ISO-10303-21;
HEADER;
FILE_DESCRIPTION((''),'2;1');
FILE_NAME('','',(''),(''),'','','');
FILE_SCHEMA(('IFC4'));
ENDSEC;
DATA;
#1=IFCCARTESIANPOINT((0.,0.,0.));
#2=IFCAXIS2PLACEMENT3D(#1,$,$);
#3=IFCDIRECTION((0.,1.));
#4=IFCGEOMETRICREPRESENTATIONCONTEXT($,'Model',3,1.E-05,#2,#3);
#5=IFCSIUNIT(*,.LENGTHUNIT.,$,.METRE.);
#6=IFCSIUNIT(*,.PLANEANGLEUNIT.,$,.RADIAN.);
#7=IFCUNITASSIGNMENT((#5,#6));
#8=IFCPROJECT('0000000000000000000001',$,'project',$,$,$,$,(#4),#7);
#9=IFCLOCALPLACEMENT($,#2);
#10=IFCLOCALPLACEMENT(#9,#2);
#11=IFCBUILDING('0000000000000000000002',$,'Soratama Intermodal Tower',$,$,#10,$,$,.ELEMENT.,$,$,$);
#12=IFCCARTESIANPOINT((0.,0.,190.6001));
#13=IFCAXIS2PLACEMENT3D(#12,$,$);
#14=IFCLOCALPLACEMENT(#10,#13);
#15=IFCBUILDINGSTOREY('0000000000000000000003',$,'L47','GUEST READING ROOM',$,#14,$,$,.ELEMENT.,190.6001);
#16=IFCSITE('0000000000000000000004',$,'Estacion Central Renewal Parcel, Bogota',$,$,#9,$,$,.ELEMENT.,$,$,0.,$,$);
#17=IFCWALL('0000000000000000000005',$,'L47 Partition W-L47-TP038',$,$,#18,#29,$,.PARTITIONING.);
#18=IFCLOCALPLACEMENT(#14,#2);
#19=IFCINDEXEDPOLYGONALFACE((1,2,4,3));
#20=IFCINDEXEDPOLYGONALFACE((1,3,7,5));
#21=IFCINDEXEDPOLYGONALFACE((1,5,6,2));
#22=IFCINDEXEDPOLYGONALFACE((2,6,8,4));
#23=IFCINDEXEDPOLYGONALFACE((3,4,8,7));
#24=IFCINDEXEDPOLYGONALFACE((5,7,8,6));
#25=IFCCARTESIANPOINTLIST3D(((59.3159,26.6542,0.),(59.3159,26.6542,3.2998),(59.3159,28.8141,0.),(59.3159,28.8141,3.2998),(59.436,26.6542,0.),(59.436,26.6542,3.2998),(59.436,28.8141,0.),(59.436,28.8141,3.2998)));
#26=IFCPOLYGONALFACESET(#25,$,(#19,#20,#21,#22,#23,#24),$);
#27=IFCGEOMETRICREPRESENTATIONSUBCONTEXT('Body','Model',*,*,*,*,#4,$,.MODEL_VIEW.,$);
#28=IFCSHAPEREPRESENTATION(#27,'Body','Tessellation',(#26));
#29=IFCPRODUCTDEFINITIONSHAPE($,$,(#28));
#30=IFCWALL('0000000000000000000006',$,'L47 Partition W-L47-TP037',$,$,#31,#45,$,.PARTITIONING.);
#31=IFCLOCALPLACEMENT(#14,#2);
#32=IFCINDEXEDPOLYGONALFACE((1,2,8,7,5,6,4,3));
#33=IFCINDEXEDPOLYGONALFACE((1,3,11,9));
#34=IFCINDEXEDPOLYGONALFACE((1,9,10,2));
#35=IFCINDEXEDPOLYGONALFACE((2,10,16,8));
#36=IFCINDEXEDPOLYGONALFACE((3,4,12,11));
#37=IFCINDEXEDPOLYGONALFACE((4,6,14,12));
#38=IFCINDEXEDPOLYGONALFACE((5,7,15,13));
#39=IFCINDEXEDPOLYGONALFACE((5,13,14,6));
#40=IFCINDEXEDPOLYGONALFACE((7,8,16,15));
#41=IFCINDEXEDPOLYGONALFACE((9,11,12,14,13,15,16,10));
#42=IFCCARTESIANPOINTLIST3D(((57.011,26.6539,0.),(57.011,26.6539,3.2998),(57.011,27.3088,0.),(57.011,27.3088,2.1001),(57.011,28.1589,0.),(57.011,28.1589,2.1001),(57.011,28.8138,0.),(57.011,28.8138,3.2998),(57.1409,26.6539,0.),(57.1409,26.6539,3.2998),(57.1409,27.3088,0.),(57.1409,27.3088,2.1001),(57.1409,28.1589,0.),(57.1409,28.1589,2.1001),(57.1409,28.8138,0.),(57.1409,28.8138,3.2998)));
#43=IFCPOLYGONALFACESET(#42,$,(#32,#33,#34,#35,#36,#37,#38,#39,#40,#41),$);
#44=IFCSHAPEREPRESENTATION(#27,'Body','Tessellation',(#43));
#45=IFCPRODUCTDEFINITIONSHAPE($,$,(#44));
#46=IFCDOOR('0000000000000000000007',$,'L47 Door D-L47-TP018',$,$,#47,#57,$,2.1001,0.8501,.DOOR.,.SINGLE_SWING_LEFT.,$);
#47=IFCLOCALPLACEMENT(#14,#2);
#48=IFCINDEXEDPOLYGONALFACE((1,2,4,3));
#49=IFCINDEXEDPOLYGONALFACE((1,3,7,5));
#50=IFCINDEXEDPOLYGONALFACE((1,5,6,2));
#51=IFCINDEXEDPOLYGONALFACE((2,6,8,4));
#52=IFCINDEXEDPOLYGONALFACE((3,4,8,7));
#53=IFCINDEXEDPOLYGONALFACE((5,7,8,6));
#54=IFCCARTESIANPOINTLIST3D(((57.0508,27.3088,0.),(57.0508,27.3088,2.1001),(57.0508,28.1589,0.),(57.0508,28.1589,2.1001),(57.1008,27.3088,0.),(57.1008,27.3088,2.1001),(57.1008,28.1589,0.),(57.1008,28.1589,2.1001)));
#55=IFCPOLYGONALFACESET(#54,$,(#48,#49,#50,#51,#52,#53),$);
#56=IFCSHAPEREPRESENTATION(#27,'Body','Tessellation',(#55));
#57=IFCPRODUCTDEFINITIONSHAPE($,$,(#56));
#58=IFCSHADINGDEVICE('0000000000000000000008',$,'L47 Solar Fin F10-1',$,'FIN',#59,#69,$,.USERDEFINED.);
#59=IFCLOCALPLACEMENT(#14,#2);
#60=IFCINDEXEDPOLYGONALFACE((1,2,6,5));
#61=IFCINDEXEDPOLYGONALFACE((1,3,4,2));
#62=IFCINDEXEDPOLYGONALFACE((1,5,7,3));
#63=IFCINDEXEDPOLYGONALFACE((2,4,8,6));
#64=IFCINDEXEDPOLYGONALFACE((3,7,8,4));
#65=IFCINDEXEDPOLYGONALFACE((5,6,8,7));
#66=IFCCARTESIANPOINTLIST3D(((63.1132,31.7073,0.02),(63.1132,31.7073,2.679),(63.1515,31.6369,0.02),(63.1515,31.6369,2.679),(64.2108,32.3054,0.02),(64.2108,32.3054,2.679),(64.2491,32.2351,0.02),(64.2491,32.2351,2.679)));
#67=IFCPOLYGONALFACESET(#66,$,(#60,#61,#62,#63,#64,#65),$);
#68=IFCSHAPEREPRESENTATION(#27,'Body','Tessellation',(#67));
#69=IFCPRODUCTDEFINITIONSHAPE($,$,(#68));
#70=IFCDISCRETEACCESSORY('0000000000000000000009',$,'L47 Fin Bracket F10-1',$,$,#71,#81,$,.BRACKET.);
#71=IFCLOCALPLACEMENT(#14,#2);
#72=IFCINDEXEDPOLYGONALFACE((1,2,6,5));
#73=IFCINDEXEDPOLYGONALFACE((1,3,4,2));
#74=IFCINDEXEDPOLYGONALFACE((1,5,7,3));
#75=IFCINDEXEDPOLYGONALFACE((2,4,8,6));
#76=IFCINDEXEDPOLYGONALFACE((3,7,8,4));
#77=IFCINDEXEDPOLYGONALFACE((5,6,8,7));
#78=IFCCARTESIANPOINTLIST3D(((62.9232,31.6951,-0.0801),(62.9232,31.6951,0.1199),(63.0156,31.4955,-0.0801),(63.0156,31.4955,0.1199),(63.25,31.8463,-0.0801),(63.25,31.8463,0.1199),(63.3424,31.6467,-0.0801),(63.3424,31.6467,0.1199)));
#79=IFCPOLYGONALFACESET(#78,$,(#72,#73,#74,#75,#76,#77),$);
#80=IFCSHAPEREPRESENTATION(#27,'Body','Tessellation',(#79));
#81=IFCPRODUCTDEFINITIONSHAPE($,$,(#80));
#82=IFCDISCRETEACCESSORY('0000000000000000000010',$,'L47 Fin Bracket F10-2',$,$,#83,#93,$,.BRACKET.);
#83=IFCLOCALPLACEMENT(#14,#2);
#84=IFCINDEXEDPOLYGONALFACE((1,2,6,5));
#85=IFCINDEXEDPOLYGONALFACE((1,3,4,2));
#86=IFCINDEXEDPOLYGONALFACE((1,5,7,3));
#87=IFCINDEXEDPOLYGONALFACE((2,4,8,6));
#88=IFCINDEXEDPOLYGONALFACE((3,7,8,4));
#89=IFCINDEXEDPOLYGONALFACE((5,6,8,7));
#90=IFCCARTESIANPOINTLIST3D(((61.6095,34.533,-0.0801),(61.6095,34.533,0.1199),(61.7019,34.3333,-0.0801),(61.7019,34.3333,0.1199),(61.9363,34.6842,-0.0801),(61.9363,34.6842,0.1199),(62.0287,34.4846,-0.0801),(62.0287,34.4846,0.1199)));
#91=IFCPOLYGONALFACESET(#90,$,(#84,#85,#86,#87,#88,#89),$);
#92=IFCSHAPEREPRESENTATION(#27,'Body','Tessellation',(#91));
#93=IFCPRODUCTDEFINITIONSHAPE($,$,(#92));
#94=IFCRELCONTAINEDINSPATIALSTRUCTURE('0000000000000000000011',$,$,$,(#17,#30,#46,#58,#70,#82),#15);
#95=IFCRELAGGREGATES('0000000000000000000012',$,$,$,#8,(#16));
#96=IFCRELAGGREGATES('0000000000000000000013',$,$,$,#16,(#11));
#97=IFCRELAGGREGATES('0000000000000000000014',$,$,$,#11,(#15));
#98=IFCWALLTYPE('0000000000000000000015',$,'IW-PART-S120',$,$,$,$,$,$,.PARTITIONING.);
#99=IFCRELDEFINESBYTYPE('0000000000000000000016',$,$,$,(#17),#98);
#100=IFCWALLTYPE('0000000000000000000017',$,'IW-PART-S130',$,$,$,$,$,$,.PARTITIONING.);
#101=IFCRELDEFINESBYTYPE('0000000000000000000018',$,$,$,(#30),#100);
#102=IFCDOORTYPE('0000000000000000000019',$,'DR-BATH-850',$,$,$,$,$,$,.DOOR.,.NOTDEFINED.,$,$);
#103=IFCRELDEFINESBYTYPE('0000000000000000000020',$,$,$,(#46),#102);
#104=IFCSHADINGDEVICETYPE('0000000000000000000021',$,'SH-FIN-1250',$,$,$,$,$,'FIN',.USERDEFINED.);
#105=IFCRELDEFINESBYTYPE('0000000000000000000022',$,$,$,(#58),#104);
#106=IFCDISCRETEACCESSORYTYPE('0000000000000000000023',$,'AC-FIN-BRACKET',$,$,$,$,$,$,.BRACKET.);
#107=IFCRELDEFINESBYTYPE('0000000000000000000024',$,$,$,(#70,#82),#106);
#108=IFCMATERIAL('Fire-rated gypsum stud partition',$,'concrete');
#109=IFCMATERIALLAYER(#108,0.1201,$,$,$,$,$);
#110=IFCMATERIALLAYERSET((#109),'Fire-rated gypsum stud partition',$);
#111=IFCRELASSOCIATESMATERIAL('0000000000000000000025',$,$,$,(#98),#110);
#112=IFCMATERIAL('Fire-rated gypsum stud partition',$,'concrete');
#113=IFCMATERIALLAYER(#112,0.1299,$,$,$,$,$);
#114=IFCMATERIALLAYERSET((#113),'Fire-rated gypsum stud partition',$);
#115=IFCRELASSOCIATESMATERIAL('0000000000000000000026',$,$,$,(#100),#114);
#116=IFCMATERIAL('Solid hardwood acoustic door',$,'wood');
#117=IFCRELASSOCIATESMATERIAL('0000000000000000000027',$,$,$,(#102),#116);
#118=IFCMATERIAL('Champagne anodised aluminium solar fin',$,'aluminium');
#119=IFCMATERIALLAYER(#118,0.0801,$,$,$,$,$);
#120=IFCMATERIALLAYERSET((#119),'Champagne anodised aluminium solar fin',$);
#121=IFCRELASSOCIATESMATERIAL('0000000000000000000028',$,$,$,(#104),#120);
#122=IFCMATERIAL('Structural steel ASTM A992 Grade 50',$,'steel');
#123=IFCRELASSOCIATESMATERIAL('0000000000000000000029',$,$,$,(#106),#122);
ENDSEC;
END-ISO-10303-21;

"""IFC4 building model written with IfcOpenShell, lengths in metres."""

from ifc_helpers import new_model, si_unit, direction, frame, frame_2d, origin, origin_2d, place, context, subcontext, project, spatial, rectangle, extrude, material, layer, layer_set, type_object, element, fill, save


model = new_model("IFC4")

# Units and contexts
model_context = context("Model", 3, precision=1e-05, world=origin(), true_north=direction((0.0, 1.0)))
body_context = subcontext(model_context, "Body", "Model", "MODEL_VIEW")
ifc_project = project(units=[si_unit("LENGTHUNIT", "METRE"), si_unit("PLANEANGLEUNIT", "RADIAN")], contexts=[model_context])

# Site, building, storey
site_placement = place(None, origin())
site = spatial("IfcSite", under=ifc_project, at=site_placement, Name="Estacion Central Renewal Parcel, Bogota", CompositionType="ELEMENT", RefElevation=0.0)
building_placement = place(site_placement, origin())
building = spatial("IfcBuilding", under=site, at=building_placement, Name="Soratama Intermodal Tower", CompositionType="ELEMENT")
storey_placement = place(building_placement, frame((0.0, 0.0, 190.6001)))
storey = spatial("IfcBuildingStorey", under=building, at=storey_placement, Name="L47", Description="GUEST READING ROOM", CompositionType="ELEMENT", Elevation=190.6001)

# Wall
ifc_material_1 = material(Name="Fire-rated gypsum stud partition", Category="concrete")
ifc_layer_1 = layer(ifc_material_1, 0.1201)
ifc_layer_set_1 = layer_set([ifc_layer_1], Name="Fire-rated gypsum stud partition")
wall_type_1 = type_object("IfcWallType", Name="IW-PART-S120", PredefinedType="PARTITIONING", material=ifc_layer_set_1)
wall_1_placement = place(storey_placement, frame((59.376, 26.6541, 0.0), z_axis=(0.0, 0.0, 1.0), x_axis=(0.0, 1.0, 0.0)))
element("IfcWall", 1, at=wall_1_placement, inside=storey, type_object=wall_type_1, Name="L47 Partition W-L47-TP038", PredefinedType="PARTITIONING", context=body_context, shape_type="SweptSolid", body=[
    extrude(rectangle(XDim=2.1599, YDim=0.1201, at=frame_2d((1.0801, 0.0))), origin(), (0.0, 0.0, 1.0), 3.2998),
])

# Wall, opening, door
ifc_material_2 = material(Name="Fire-rated gypsum stud partition", Category="concrete")
ifc_layer_2 = layer(ifc_material_2, 0.1299)
ifc_layer_set_2 = layer_set([ifc_layer_2], Name="Fire-rated gypsum stud partition")
wall_type_2 = type_object("IfcWallType", Name="IW-PART-S130", PredefinedType="PARTITIONING", material=ifc_layer_set_2)
wall_2_placement = place(storey_placement, frame((57.0759, 28.814, 0.0), z_axis=(0.0, 0.0, 1.0), x_axis=(0.0, -1.0, 0.0)))
wall_2 = element("IfcWall", 2, at=wall_2_placement, inside=storey, type_object=wall_type_2, Name="L47 Partition W-L47-TP037", PredefinedType="PARTITIONING", context=body_context, shape_type="SweptSolid", body=[
    extrude(rectangle(XDim=2.1599, YDim=0.1299, at=frame_2d((1.0801, 0.0))), origin(), (0.0, 0.0, 1.0), 3.2998),
])
opening_placement = place(wall_2_placement, frame((0.655, 0.0, 0.0)))
opening = element("IfcOpeningElement", 3, at=opening_placement, cuts=wall_2, PredefinedType="OPENING", context=body_context, shape_type="SweptSolid", body=[
    extrude(rectangle(XDim=0.8501, YDim=2.1001, at=frame_2d((0.425, 1.05))), frame((0.0, 0.075, 0.0), z_axis=(0.0, -1.0, 0.0), x_axis=(1.0, 0.0, 0.0)), (0.0, 0.0, 1.0), 0.1499),
])
ifc_material_3 = material(Name="Solid hardwood acoustic door", Category="wood")
door_type = type_object("IfcDoorType", Name="DR-BATH-850", OperationType="NOTDEFINED", PredefinedType="DOOR", material=ifc_material_3)
door_placement = place(opening_placement, origin())
door = element("IfcDoor", 4, at=door_placement, inside=storey, type_object=door_type, Name="L47 Door D-L47-TP018", OperationType="SINGLE_SWING_LEFT", OverallHeight=2.1001, OverallWidth=0.8501, PredefinedType="DOOR", context=body_context, shape_type="SweptSolid", body=[
    extrude(rectangle(XDim=0.8501, YDim=2.1001, at=frame_2d((0.425, 1.05))), frame((0.0, 0.0249, 0.0), z_axis=(0.0, -1.0, 0.0), x_axis=(1.0, 0.0, 0.0)), (0.0, 0.0, 1.0), 0.05),
])
fill(opening, door)

# Shading device
ifc_material_4 = material(Name="Champagne anodised aluminium solar fin", Category="aluminium")
ifc_layer_3 = layer(ifc_material_4, 0.0801)
ifc_layer_set_3 = layer_set([ifc_layer_3], Name="Champagne anodised aluminium solar fin")
shading_device_type = type_object("IfcShadingDeviceType", Name="SH-FIN-1250", ElementType="FIN", PredefinedType="USERDEFINED", material=ifc_layer_set_3)
shading_device_placement = place(storey_placement, frame((63.6812, 31.9712, 0.02), z_axis=(0.0, 0.0, 1.0), x_axis=(0.878067, 0.478539, 0.0)))
element("IfcShadingDevice", 5, at=shading_device_placement, inside=storey, type_object=shading_device_type, Name="L47 Solar Fin F10-1", ObjectType="FIN", PredefinedType="USERDEFINED", context=body_context, shape_type="SweptSolid", body=[
    extrude(rectangle(XDim=1.25, YDim=0.0801, at=origin_2d()), origin(), (0.0, 0.0, 1.0), 2.6589),
])

# Discrete accessories
ifc_material_5 = material(Name="Structural steel ASTM A992 Grade 50", Category="steel")
discrete_accessory_type = type_object("IfcDiscreteAccessoryType", Name="AC-FIN-BRACKET", PredefinedType="BRACKET", material=ifc_material_5)
for number, where, z_axis, x_axis, name in (
    (6, (63.1328, 31.6709, -0.0801), (0.0, 0.0, 1.0), (0.907484, 0.420086, 0.0), "L47 Fin Bracket F10-1"),
    (7, (61.8191, 34.5088, -0.0801), (0.0, 0.0, 1.0), (0.907484, 0.420086, 0.0), "L47 Fin Bracket F10-2"),
):
    element("IfcDiscreteAccessory", number, at=place(storey_placement, frame(where, z_axis=z_axis, x_axis=x_axis)), inside=storey, type_object=discrete_accessory_type, Name=name, PredefinedType="BRACKET", context=body_context, shape_type="SweptSolid", body=[
        extrude(rectangle(XDim=0.3601, YDim=0.22, at=origin_2d()), origin(), (0.0, 0.0, 1.0), 0.2),
    ])

save(model, "model.ifc")
